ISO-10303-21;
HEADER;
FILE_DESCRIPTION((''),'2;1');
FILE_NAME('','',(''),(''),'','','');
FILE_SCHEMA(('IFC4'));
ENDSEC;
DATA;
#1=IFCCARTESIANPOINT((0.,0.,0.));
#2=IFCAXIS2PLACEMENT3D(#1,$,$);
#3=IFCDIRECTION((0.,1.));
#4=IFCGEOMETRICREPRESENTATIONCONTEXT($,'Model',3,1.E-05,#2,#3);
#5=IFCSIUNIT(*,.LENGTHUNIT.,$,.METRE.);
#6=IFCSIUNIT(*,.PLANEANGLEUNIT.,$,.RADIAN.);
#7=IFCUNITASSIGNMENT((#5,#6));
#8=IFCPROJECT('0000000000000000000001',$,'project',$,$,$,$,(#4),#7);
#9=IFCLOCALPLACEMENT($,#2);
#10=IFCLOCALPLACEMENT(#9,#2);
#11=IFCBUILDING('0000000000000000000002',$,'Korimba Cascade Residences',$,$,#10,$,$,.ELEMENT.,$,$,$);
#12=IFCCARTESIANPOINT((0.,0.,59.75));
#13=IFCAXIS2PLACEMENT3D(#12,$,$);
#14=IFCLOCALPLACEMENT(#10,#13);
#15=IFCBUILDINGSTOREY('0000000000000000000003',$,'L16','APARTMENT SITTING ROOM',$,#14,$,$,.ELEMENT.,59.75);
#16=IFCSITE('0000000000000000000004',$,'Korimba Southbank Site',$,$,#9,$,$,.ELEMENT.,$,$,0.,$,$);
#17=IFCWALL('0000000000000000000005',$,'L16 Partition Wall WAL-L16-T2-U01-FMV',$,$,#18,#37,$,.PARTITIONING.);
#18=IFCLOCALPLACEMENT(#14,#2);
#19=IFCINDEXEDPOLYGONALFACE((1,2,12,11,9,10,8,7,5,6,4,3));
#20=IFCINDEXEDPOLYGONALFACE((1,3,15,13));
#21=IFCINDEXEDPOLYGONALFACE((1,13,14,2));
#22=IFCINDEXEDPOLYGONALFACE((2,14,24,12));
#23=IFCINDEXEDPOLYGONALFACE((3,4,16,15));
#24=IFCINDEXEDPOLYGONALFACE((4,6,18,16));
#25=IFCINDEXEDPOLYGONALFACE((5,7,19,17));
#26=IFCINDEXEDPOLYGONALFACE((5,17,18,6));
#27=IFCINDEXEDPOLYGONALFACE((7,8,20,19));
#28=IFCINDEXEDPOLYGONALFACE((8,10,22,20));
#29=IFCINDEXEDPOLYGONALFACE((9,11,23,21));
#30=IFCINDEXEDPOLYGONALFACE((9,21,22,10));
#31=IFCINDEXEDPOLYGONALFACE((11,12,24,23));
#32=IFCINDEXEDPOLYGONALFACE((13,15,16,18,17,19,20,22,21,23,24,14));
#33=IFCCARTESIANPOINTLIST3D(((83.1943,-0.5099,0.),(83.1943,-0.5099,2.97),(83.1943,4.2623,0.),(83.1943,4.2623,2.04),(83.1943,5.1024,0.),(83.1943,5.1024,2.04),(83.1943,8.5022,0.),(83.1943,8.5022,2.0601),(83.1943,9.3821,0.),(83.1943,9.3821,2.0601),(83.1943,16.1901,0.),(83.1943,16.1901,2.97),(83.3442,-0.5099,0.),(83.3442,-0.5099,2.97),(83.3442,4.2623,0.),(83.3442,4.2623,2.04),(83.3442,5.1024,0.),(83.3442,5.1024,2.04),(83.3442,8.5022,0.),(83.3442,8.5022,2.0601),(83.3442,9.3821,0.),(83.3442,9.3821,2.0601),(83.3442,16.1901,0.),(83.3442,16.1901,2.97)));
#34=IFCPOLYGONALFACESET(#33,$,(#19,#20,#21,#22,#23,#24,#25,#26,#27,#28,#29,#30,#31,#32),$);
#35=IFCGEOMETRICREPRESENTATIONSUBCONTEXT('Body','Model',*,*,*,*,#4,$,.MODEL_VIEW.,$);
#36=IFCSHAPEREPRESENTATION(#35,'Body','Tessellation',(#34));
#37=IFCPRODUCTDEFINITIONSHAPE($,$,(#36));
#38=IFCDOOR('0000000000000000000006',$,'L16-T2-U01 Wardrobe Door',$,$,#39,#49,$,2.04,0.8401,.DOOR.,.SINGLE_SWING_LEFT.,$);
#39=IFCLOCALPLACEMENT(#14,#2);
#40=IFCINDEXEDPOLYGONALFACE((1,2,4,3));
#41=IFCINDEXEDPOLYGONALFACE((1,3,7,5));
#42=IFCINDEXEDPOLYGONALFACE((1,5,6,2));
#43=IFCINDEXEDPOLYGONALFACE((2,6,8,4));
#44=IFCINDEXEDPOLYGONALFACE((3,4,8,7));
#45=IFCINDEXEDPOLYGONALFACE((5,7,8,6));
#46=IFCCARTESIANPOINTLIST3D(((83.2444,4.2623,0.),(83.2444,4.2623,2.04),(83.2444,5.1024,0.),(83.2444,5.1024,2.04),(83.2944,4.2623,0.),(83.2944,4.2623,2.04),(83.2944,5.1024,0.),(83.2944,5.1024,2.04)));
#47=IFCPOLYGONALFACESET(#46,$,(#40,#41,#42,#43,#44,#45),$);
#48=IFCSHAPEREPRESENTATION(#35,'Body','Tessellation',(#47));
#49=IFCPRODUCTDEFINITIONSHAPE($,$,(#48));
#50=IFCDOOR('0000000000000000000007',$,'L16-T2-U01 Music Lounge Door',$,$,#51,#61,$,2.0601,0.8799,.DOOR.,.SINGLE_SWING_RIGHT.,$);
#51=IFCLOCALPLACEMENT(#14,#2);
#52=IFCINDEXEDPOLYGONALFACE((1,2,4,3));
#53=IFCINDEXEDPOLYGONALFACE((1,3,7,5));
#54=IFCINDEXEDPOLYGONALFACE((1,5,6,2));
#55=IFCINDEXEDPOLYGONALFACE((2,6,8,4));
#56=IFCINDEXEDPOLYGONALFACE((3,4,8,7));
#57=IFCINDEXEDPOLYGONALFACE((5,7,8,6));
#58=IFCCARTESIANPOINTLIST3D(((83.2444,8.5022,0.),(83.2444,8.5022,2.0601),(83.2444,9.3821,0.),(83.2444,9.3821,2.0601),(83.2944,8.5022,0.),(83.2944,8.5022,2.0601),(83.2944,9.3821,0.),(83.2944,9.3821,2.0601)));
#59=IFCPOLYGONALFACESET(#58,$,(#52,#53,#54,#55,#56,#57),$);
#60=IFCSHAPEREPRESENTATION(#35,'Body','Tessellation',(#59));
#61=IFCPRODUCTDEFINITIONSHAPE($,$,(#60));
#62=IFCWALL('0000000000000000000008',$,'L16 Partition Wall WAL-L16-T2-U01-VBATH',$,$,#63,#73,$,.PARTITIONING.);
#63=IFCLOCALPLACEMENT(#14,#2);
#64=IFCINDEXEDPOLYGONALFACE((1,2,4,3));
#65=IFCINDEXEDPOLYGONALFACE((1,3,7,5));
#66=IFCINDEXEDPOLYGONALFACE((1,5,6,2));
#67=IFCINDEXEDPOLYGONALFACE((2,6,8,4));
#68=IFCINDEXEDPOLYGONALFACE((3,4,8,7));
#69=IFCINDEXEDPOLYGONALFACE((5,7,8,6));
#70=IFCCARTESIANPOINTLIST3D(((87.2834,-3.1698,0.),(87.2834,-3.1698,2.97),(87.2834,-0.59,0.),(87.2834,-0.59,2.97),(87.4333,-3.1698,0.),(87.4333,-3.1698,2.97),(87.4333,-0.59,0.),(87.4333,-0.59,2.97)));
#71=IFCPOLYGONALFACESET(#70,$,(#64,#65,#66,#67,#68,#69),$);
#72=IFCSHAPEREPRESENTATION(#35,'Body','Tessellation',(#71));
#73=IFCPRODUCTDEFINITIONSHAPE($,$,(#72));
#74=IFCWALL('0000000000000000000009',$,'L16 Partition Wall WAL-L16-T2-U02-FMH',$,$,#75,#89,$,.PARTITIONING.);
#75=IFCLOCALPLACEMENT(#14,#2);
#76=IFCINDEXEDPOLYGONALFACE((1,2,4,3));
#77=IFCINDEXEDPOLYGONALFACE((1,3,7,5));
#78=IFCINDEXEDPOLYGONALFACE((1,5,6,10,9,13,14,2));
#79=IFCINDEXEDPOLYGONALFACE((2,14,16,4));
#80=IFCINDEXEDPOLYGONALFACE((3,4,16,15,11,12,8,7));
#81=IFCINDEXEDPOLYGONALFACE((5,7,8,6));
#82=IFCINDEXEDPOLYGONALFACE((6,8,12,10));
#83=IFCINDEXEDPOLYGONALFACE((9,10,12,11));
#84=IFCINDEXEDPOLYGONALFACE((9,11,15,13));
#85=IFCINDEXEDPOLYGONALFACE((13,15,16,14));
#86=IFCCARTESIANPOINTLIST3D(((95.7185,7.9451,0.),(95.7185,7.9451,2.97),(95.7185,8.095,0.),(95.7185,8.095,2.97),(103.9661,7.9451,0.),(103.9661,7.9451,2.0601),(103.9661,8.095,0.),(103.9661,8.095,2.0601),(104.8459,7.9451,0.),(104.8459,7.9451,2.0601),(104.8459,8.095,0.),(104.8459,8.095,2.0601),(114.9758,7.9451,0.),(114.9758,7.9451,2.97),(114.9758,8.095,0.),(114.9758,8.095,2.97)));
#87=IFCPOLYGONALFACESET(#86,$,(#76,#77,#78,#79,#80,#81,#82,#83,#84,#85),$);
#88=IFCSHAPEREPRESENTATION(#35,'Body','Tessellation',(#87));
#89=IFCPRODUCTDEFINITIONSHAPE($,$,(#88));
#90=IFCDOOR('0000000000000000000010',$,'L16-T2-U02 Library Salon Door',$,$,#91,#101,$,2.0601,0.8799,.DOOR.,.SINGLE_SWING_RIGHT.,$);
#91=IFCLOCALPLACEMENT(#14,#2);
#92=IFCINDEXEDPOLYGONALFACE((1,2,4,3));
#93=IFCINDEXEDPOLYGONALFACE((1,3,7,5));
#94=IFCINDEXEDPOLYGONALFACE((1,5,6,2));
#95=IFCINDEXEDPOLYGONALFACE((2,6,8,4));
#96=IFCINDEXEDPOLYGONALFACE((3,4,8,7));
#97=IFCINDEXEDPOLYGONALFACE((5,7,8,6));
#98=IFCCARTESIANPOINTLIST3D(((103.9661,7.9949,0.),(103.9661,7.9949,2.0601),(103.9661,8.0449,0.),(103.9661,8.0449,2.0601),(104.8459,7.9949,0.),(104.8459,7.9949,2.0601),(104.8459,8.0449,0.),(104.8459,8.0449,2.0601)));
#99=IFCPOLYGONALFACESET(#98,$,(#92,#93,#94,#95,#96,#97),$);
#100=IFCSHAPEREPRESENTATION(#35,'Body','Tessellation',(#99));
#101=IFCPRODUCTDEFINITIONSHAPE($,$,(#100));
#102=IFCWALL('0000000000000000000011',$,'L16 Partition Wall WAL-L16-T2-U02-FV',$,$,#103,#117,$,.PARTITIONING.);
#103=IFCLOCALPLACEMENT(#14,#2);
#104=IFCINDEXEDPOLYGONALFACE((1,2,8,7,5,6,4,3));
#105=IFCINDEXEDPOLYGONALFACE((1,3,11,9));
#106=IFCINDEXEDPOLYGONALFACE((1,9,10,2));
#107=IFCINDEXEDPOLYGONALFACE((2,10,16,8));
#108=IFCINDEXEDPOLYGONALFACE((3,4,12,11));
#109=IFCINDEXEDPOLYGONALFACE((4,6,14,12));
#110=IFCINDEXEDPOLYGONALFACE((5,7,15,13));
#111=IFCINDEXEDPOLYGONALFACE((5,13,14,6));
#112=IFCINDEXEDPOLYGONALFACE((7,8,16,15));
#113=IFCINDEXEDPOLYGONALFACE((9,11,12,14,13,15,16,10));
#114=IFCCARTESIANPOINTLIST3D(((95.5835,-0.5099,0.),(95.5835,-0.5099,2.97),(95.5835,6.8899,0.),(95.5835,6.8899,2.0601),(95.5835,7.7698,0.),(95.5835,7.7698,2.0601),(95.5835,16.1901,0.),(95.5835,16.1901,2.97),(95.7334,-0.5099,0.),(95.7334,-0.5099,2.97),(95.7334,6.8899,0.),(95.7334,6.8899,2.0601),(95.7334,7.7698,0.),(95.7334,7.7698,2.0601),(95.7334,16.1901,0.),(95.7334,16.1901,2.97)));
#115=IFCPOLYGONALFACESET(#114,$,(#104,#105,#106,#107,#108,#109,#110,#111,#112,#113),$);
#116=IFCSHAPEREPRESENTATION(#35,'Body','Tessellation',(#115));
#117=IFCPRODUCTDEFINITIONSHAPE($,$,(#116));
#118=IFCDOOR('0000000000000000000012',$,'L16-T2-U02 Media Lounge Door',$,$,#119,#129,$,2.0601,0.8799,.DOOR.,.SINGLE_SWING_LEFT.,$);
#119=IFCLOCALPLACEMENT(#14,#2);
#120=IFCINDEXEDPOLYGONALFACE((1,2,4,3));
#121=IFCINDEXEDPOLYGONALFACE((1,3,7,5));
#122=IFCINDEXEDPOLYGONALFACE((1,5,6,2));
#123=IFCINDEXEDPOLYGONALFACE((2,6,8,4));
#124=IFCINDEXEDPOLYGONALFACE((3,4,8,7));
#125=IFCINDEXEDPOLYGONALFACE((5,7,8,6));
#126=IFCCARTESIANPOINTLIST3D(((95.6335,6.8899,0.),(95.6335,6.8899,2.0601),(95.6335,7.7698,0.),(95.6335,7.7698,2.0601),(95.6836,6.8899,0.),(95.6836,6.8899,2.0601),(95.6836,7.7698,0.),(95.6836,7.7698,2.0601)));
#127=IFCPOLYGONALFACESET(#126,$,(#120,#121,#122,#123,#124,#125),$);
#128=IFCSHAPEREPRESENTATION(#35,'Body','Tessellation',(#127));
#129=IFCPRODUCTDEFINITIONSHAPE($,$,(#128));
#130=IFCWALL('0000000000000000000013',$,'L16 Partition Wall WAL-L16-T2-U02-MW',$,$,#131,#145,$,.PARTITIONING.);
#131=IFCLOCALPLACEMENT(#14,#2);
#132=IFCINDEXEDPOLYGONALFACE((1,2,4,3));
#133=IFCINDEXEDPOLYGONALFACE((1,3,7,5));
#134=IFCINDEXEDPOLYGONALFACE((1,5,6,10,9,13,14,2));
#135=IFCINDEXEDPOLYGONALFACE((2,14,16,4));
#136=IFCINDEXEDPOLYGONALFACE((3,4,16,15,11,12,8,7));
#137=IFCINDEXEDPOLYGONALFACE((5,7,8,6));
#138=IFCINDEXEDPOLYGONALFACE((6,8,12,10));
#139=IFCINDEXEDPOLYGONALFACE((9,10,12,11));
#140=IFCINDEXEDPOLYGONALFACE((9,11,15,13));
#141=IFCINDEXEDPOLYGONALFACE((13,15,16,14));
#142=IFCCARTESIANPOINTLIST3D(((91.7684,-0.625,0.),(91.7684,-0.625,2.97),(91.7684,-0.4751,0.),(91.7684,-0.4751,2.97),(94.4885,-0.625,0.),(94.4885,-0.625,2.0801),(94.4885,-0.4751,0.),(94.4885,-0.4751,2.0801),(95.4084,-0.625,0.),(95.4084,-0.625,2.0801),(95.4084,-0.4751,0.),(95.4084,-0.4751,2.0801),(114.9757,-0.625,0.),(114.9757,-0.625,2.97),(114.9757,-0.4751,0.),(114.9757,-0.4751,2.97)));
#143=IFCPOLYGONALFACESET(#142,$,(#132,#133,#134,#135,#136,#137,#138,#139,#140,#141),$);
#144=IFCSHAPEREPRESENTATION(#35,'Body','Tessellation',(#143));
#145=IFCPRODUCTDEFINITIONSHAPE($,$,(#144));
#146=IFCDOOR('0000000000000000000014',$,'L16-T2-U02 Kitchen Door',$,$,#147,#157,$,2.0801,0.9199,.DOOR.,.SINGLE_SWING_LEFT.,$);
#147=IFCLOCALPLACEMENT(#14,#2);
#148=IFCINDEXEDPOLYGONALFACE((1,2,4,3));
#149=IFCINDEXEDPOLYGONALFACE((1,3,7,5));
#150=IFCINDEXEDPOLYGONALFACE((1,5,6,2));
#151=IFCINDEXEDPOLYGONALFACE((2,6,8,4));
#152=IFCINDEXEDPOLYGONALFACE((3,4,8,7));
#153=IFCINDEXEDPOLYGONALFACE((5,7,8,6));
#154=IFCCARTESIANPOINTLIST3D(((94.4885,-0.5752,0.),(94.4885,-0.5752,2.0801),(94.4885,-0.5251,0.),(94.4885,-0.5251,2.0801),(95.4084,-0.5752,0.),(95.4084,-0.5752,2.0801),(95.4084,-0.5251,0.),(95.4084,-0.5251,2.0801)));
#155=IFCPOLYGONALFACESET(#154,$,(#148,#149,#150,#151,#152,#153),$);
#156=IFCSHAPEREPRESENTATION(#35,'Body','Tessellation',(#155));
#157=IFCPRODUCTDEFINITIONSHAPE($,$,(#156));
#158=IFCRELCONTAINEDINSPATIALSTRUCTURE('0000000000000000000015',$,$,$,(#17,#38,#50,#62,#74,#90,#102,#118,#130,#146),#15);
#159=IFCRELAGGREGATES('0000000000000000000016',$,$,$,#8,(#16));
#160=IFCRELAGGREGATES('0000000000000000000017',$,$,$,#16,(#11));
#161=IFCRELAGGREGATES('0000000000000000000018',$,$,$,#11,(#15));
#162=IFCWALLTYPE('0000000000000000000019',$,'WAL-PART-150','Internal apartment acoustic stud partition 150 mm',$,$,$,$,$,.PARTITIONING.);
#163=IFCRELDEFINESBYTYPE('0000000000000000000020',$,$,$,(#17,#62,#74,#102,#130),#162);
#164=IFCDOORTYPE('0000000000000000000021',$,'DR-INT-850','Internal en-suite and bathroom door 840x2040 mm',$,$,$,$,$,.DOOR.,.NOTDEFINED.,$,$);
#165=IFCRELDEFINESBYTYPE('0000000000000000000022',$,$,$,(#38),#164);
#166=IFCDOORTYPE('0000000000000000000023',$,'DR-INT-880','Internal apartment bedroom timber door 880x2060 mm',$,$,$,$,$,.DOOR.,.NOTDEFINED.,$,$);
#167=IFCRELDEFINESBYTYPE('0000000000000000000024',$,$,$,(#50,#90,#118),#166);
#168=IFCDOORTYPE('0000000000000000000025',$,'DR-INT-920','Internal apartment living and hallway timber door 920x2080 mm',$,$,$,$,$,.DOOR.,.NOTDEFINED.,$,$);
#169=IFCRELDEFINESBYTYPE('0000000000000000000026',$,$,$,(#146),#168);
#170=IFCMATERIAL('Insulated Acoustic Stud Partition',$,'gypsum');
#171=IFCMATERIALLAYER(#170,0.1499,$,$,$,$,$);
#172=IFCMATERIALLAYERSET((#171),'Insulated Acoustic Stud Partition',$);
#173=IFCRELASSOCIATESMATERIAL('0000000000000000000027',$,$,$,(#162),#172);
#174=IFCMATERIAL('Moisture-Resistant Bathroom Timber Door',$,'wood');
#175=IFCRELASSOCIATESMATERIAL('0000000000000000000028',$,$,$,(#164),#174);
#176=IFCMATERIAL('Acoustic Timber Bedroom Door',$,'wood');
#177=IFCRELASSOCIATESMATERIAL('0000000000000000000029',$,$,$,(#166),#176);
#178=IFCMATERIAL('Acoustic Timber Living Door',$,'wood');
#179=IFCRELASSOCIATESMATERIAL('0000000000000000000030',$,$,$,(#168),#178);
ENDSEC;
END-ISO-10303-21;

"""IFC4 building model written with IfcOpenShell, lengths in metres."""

from ifc_helpers import new_model, si_unit, direction, frame, frame_2d, origin, place, context, subcontext, project, spatial, rectangle, extrude, material, layer, layer_set, type_object, element, fill, save


model = new_model("IFC4")

# Units and contexts
model_context = context("Model", 3, precision=1e-05, world=origin(), true_north=direction((0.0, 1.0)))
body_context = subcontext(model_context, "Body", "Model", "MODEL_VIEW")
ifc_project = project(units=[si_unit("LENGTHUNIT", "METRE"), si_unit("PLANEANGLEUNIT", "RADIAN")], contexts=[model_context])

# Site, building, storey
site_placement = place(None, origin())
site = spatial("IfcSite", under=ifc_project, at=site_placement, Name="Korimba Southbank Site", CompositionType="ELEMENT", RefElevation=0.0)
building_placement = place(site_placement, origin())
building = spatial("IfcBuilding", under=site, at=building_placement, Name="Korimba Cascade Residences", CompositionType="ELEMENT")
storey_placement = place(building_placement, frame((0.0, 0.0, 59.75)))
storey = spatial("IfcBuildingStorey", under=building, at=storey_placement, Name="L16", Description="APARTMENT SITTING ROOM", CompositionType="ELEMENT", Elevation=59.75)

# Wall, openings, doors
ifc_material_1 = material(Name="Insulated Acoustic Stud Partition", Category="gypsum")
ifc_layer_1 = layer(ifc_material_1, 0.1499)
ifc_layer_set_1 = layer_set([ifc_layer_1], Name="Insulated Acoustic Stud Partition")
wall_type_1 = type_object("IfcWallType", Name="WAL-PART-150", Description="Internal apartment acoustic stud partition 150 mm", PredefinedType="PARTITIONING", material=ifc_layer_set_1)
wall_1_placement = place(storey_placement, frame((83.2693, -0.51, 0.0), z_axis=(0.0, 0.0, 1.0), x_axis=(0.0, 1.0, 0.0)))
wall_1 = element("IfcWall", 1, at=wall_1_placement, inside=storey, type_object=wall_type_1, Name="L16 Partition Wall WAL-L16-T2-U01-FMV", PredefinedType="PARTITIONING", context=body_context, shape_type="SweptSolid", body=[
    extrude(rectangle(XDim=16.7, YDim=0.1499, at=frame_2d((8.3501, 0.0))), origin(), (0.0, 0.0, 1.0), 2.97),
])
opening_1_placement = place(wall_1_placement, frame((4.7725, 0.0, 0.0)))
opening_1 = element("IfcOpeningElement", 2, at=opening_1_placement, cuts=wall_1, PredefinedType="OPENING", context=body_context, shape_type="SweptSolid", body=[
    extrude(rectangle(XDim=0.8401, YDim=2.04, at=frame_2d((0.4199, 1.02))), frame((0.0, 0.085, 0.0), z_axis=(0.0, -1.0, 0.0), x_axis=(1.0, 0.0, 0.0)), (0.0, 0.0, 1.0), 0.1699),
])
opening_2_placement = place(wall_1_placement, frame((9.0122, 0.0, 0.0)))
opening_2 = element("IfcOpeningElement", 3, at=opening_2_placement, cuts=wall_1, PredefinedType="OPENING", context=body_context, shape_type="SweptSolid", body=[
    extrude(rectangle(XDim=0.8799, YDim=2.0601, at=frame_2d((0.4399, 1.03))), frame((0.0, 0.085, 0.0), z_axis=(0.0, -1.0, 0.0), x_axis=(1.0, 0.0, 0.0)), (0.0, 0.0, 1.0), 0.1699),
])
ifc_material_2 = material(Name="Moisture-Resistant Bathroom Timber Door", Category="wood")
door_type_1 = type_object("IfcDoorType", Name="DR-INT-850", Description="Internal en-suite and bathroom door 840x2040 mm", OperationType="NOTDEFINED", PredefinedType="DOOR", material=ifc_material_2)
door_1_placement = place(opening_1_placement, origin())
door_1 = element("IfcDoor", 4, at=door_1_placement, inside=storey, type_object=door_type_1, Name="L16-T2-U01 Wardrobe Door", OperationType="SINGLE_SWING_LEFT", OverallHeight=2.04, OverallWidth=0.8401, PredefinedType="DOOR", context=body_context, shape_type="SweptSolid", body=[
    extrude(rectangle(XDim=0.8401, YDim=2.04, at=frame_2d((0.4199, 1.02))), frame((0.0, 0.0249, 0.0), z_axis=(0.0, -1.0, 0.0), x_axis=(1.0, 0.0, 0.0)), (0.0, 0.0, 1.0), 0.05),
])
fill(opening_1, door_1)
ifc_material_3 = material(Name="Acoustic Timber Bedroom Door", Category="wood")
door_type_2 = type_object("IfcDoorType", Name="DR-INT-880", Description="Internal apartment bedroom timber door 880x2060 mm", OperationType="NOTDEFINED", PredefinedType="DOOR", material=ifc_material_3)
door_2_placement = place(opening_2_placement, origin())
door_2 = element("IfcDoor", 5, at=door_2_placement, inside=storey, type_object=door_type_2, Name="L16-T2-U01 Music Lounge Door", OperationType="SINGLE_SWING_RIGHT", OverallHeight=2.0601, OverallWidth=0.8799, PredefinedType="DOOR", context=body_context, shape_type="SweptSolid", body=[
    extrude(rectangle(XDim=0.8799, YDim=2.0601, at=frame_2d((0.4399, 1.03))), frame((0.0, 0.0249, 0.0), z_axis=(0.0, -1.0, 0.0), x_axis=(1.0, 0.0, 0.0)), (0.0, 0.0, 1.0), 0.05),
])
fill(opening_2, door_2)

# Wall
wall_2_placement = place(storey_placement, frame((87.3584, -3.1699, 0.0), z_axis=(0.0, 0.0, 1.0), x_axis=(0.0, 1.0, 0.0)))
element("IfcWall", 6, at=wall_2_placement, inside=storey, type_object=wall_type_1, Name="L16 Partition Wall WAL-L16-T2-U01-VBATH", PredefinedType="PARTITIONING", context=body_context, shape_type="SweptSolid", body=[
    extrude(rectangle(XDim=2.5798, YDim=0.1499, at=frame_2d((1.29, 0.0))), origin(), (0.0, 0.0, 1.0), 2.97),
])

# Walls, openings, doors
wall_3_placement = place(storey_placement, frame((95.7185, 8.02, 0.0), z_axis=(0.0, 0.0, 1.0), x_axis=(1.0, 0.0, 0.0)))
wall_3 = element("IfcWall", 7, at=wall_3_placement, inside=storey, type_object=wall_type_1, Name="L16 Partition Wall WAL-L16-T2-U02-FMH", PredefinedType="PARTITIONING", context=body_context, shape_type="SweptSolid", body=[
    extrude(rectangle(XDim=19.2573, YDim=0.1499, at=frame_2d((9.6287, 0.0))), origin(), (0.0, 0.0, 1.0), 2.97),
])
opening_3_placement = place(wall_3_placement, frame((8.2476, 0.0, 0.0)))
opening_3 = element("IfcOpeningElement", 8, at=opening_3_placement, cuts=wall_3, PredefinedType="OPENING", context=body_context, shape_type="SweptSolid", body=[
    extrude(rectangle(XDim=0.8799, YDim=2.0601, at=frame_2d((0.4399, 1.03))), frame((0.0, 0.085, 0.0), z_axis=(0.0, -1.0, 0.0), x_axis=(1.0, 0.0, 0.0)), (0.0, 0.0, 1.0), 0.1699),
])
door_3_placement = place(opening_3_placement, origin())
door_3 = element("IfcDoor", 9, at=door_3_placement, inside=storey, type_object=door_type_2, Name="L16-T2-U02 Library Salon Door", OperationType="SINGLE_SWING_RIGHT", OverallHeight=2.0601, OverallWidth=0.8799, PredefinedType="DOOR", context=body_context, shape_type="SweptSolid", body=[
    extrude(rectangle(XDim=0.8799, YDim=2.0601, at=frame_2d((0.4399, 1.03))), frame((0.0, 0.0249, 0.0), z_axis=(0.0, -1.0, 0.0), x_axis=(1.0, 0.0, 0.0)), (0.0, 0.0, 1.0), 0.05),
])
fill(opening_3, door_3)
wall_4_placement = place(storey_placement, frame((95.6584, -0.51, 0.0), z_axis=(0.0, 0.0, 1.0), x_axis=(0.0, 1.0, 0.0)))
wall_4 = element("IfcWall", 10, at=wall_4_placement, inside=storey, type_object=wall_type_1, Name="L16 Partition Wall WAL-L16-T2-U02-FV", PredefinedType="PARTITIONING", context=body_context, shape_type="SweptSolid", body=[
    extrude(rectangle(XDim=16.7, YDim=0.1499, at=frame_2d((8.3501, 0.0))), origin(), (0.0, 0.0, 1.0), 2.97),
])
opening_4_placement = place(wall_4_placement, frame((7.3999, 0.0, 0.0)))
opening_4 = element("IfcOpeningElement", 11, at=opening_4_placement, cuts=wall_4, PredefinedType="OPENING", context=body_context, shape_type="SweptSolid", body=[
    extrude(rectangle(XDim=0.8799, YDim=2.0601, at=frame_2d((0.4399, 1.03))), frame((0.0, 0.085, 0.0), z_axis=(0.0, -1.0, 0.0), x_axis=(1.0, 0.0, 0.0)), (0.0, 0.0, 1.0), 0.1699),
])
door_4_placement = place(opening_4_placement, origin())
door_4 = element("IfcDoor", 12, at=door_4_placement, inside=storey, type_object=door_type_2, Name="L16-T2-U02 Media Lounge Door", OperationType="SINGLE_SWING_LEFT", OverallHeight=2.0601, OverallWidth=0.8799, PredefinedType="DOOR", context=body_context, shape_type="SweptSolid", body=[
    extrude(rectangle(XDim=0.8799, YDim=2.0601, at=frame_2d((0.4399, 1.03))), frame((0.0, 0.0249, 0.0), z_axis=(0.0, -1.0, 0.0), x_axis=(1.0, 0.0, 0.0)), (0.0, 0.0, 1.0), 0.05),
])
fill(opening_4, door_4)
wall_5_placement = place(storey_placement, frame((91.7686, -0.55, 0.0), z_axis=(0.0, 0.0, 1.0), x_axis=(1.0, 0.0, 0.0)))
wall_5 = element("IfcWall", 13, at=wall_5_placement, inside=storey, type_object=wall_type_1, Name="L16 Partition Wall WAL-L16-T2-U02-MW", PredefinedType="PARTITIONING", context=body_context, shape_type="SweptSolid", body=[
    extrude(rectangle(XDim=23.2073, YDim=0.1499, at=frame_2d((11.6035, 0.0))), origin(), (0.0, 0.0, 1.0), 2.97),
])
opening_5_placement = place(wall_5_placement, frame((2.72, 0.0, 0.0)))
opening_5 = element("IfcOpeningElement", 14, at=opening_5_placement, cuts=wall_5, PredefinedType="OPENING", context=body_context, shape_type="SweptSolid", body=[
    extrude(rectangle(XDim=0.9199, YDim=2.0801, at=frame_2d((0.46, 1.04))), frame((0.0, 0.085, 0.0), z_axis=(0.0, -1.0, 0.0), x_axis=(1.0, 0.0, 0.0)), (0.0, 0.0, 1.0), 0.1699),
])
ifc_material_4 = material(Name="Acoustic Timber Living Door", Category="wood")
door_type_3 = type_object("IfcDoorType", Name="DR-INT-920", Description="Internal apartment living and hallway timber door 920x2080 mm", OperationType="NOTDEFINED", PredefinedType="DOOR", material=ifc_material_4)
door_5_placement = place(opening_5_placement, origin())
door_5 = element("IfcDoor", 15, at=door_5_placement, inside=storey, type_object=door_type_3, Name="L16-T2-U02 Kitchen Door", OperationType="SINGLE_SWING_LEFT", OverallHeight=2.0801, OverallWidth=0.9199, PredefinedType="DOOR", context=body_context, shape_type="SweptSolid", body=[
    extrude(rectangle(XDim=0.9199, YDim=2.0801, at=frame_2d((0.46, 1.04))), frame((0.0, 0.0249, 0.0), z_axis=(0.0, -1.0, 0.0), x_axis=(1.0, 0.0, 0.0)), (0.0, 0.0, 1.0), 0.05),
])
fill(opening_5, door_5)

save(model, "model.ifc")
